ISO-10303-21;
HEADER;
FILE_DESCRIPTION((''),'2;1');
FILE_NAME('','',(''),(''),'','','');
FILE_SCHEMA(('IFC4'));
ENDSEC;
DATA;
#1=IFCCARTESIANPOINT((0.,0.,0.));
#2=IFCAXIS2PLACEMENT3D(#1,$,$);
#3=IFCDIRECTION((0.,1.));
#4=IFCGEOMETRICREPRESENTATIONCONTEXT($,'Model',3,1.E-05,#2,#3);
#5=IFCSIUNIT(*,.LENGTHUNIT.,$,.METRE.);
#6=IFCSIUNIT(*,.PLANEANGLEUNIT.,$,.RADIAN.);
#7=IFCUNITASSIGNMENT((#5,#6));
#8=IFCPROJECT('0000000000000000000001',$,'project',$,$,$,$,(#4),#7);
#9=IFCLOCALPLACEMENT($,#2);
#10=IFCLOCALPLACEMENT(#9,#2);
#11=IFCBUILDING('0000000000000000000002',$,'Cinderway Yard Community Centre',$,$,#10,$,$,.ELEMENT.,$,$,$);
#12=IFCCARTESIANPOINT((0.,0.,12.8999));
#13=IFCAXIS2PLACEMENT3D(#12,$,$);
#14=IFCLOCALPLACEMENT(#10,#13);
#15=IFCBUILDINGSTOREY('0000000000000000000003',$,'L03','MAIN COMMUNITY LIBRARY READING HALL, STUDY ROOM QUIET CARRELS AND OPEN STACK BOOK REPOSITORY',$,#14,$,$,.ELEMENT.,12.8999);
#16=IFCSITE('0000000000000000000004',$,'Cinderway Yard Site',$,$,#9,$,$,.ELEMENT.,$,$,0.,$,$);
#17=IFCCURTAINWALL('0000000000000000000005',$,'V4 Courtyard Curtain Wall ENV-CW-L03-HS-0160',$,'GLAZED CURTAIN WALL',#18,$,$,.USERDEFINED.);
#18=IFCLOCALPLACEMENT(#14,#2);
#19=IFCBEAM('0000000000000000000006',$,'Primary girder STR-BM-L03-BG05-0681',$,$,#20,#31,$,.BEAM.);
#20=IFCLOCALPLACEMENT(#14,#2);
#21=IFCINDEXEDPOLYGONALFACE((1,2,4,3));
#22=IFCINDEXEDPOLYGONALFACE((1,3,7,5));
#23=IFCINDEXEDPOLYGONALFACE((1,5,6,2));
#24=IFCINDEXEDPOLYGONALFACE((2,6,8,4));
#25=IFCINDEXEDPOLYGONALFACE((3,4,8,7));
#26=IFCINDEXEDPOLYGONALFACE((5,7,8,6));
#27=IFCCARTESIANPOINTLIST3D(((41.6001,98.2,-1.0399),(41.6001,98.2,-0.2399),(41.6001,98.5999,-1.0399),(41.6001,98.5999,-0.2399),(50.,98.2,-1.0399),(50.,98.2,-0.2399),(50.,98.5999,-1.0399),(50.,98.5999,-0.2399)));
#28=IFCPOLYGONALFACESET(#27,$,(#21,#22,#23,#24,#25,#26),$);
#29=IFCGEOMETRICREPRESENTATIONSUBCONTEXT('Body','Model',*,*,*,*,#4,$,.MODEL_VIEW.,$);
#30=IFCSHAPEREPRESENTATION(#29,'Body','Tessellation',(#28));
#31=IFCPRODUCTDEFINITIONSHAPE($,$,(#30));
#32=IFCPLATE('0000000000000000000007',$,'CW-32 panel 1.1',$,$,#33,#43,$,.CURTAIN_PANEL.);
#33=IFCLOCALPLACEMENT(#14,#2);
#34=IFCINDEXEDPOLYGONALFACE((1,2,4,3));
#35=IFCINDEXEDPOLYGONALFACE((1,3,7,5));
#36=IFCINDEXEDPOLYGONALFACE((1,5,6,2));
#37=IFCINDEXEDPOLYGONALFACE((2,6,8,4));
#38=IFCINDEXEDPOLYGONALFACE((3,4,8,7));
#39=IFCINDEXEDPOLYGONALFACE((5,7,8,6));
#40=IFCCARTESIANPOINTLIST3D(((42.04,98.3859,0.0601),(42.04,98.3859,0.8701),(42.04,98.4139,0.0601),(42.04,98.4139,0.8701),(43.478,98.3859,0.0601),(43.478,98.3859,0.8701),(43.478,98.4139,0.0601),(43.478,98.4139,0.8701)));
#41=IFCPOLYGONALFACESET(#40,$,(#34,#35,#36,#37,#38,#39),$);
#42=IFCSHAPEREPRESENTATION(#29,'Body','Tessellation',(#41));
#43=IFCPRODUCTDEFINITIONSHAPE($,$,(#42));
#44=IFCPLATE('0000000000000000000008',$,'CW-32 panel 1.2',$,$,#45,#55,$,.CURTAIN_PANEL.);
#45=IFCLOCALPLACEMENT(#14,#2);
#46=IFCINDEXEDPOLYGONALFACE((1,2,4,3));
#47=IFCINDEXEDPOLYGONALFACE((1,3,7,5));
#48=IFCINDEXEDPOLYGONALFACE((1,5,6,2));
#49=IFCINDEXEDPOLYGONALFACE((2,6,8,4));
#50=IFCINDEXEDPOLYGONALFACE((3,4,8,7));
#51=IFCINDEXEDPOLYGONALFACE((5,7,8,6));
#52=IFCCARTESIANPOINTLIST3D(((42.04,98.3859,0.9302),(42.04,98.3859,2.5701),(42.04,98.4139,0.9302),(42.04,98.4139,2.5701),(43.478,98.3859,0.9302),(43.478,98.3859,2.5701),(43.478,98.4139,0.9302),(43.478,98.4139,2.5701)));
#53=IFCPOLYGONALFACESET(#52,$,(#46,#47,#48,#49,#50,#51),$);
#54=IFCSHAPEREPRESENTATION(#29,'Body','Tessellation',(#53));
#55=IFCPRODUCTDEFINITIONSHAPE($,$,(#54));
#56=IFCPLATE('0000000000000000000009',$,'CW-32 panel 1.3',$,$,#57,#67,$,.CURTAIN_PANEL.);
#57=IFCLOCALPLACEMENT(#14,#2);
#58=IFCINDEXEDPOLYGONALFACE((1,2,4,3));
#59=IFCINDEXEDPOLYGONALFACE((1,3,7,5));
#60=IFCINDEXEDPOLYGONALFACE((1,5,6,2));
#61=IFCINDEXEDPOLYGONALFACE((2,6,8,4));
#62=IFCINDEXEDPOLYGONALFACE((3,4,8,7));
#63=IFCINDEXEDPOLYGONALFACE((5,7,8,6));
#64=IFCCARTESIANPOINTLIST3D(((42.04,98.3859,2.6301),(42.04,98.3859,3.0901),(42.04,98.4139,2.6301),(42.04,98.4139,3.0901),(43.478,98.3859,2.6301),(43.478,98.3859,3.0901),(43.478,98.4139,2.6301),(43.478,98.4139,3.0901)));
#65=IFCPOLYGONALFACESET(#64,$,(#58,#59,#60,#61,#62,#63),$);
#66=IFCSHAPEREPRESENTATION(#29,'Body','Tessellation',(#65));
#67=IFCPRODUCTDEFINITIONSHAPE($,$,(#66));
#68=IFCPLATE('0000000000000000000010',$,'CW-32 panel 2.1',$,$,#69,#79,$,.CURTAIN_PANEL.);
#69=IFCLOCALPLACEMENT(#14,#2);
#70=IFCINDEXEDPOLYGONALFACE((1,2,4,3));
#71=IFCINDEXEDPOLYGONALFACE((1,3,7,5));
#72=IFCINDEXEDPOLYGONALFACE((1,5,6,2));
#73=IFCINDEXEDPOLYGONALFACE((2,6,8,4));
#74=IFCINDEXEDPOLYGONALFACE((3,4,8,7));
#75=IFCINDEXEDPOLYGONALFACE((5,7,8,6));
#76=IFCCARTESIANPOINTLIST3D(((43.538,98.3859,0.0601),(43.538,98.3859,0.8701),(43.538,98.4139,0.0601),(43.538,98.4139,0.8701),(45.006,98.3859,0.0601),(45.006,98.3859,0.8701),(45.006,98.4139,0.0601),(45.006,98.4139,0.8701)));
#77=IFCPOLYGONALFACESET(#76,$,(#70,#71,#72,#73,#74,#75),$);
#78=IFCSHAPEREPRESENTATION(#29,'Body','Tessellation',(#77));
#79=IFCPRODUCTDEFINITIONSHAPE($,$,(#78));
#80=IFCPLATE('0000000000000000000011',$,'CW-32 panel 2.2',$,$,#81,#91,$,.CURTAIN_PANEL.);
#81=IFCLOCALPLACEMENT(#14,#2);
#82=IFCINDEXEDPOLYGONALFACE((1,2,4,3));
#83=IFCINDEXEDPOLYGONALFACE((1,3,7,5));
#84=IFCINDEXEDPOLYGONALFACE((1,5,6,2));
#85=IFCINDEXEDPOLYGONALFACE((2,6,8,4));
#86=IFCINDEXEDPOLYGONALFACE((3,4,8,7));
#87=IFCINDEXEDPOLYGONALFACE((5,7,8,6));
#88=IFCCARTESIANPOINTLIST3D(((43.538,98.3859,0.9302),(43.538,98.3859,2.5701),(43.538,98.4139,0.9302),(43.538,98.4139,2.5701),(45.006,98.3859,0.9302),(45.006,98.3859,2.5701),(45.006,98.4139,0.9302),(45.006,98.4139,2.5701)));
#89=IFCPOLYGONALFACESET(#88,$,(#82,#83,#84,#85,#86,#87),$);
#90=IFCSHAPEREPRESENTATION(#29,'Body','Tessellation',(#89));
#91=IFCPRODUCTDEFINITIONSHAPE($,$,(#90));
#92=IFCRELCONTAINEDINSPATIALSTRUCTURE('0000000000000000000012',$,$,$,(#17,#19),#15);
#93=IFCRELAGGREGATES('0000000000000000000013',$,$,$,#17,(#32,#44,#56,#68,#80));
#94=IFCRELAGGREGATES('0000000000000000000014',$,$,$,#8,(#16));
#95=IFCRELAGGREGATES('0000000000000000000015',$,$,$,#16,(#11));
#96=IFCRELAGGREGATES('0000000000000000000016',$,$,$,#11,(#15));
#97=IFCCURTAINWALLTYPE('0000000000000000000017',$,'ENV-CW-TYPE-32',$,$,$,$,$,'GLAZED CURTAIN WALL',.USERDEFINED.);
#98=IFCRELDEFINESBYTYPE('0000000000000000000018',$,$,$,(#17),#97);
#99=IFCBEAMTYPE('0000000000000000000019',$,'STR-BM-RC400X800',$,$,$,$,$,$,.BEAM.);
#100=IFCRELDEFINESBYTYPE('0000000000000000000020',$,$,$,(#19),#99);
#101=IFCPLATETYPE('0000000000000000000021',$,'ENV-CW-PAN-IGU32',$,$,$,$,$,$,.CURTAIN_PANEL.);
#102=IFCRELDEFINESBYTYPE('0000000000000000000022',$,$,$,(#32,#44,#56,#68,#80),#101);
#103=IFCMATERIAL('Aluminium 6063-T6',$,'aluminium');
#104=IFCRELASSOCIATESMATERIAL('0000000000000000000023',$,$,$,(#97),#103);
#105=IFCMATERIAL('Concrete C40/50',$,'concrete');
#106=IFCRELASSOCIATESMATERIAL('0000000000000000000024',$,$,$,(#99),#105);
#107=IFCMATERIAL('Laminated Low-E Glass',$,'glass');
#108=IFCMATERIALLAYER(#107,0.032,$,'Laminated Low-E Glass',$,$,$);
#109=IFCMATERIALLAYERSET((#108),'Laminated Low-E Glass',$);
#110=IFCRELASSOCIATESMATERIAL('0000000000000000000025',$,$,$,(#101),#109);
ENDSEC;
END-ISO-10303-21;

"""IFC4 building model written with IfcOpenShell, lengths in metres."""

from ifc_helpers import new_model, si_unit, direction, frame, origin, origin_2d, place, context, subcontext, project, spatial, rectangle, extrude, material, layer, layer_set, material_profile, profile_set, type_object, element, aggregate, save


model = new_model("IFC4")

# Units and contexts
model_context = context("Model", 3, precision=1e-05, world=origin(), true_north=direction((0.0, 1.0)))
body_context = subcontext(model_context, "Body", "Model", "MODEL_VIEW")
ifc_project = project(units=[si_unit("LENGTHUNIT", "METRE"), si_unit("PLANEANGLEUNIT", "RADIAN")], contexts=[model_context])

# Site, building, storey
site_placement = place(None, origin())
site = spatial("IfcSite", under=ifc_project, at=site_placement, Name="Cinderway Yard Site", CompositionType="ELEMENT", RefElevation=0.0)
building_placement = place(site_placement, origin())
building = spatial("IfcBuilding", under=site, at=building_placement, Name="Cinderway Yard Community Centre", CompositionType="ELEMENT")
storey_placement = place(building_placement, frame((0.0, 0.0, 12.8999)))
storey = spatial("IfcBuildingStorey", under=building, at=storey_placement, Name="L03", Description="MAIN COMMUNITY LIBRARY READING HALL, STUDY ROOM QUIET CARRELS AND OPEN STACK BOOK REPOSITORY", CompositionType="ELEMENT", Elevation=12.8999)

# Shared definitions
ifc_material_1 = material(Name="Concrete C40/50", Category="concrete")

# Curtain wall
ifc_material_2 = material(Name="Aluminium 6063-T6", Category="aluminium")
curtain_wall_type = type_object("IfcCurtainWallType", Name="ENV-CW-TYPE-32", ElementType="GLAZED CURTAIN WALL", PredefinedType="USERDEFINED", material=ifc_material_2)
curtain_wall_placement = place(storey_placement, origin())
curtain_wall = element("IfcCurtainWall", 1, at=curtain_wall_placement, inside=storey, type_object=curtain_wall_type, Name="V4 Courtyard Curtain Wall ENV-CW-L03-HS-0160", ObjectType="GLAZED CURTAIN WALL", PredefinedType="USERDEFINED")

# Beam
ifc_material_profile_1 = material_profile(ifc_material_1, rectangle(XDim=0.3999, YDim=0.8, at=origin_2d()), Name="Concrete C40/50")
ifc_profile_set_1 = profile_set([ifc_material_profile_1], Name="Concrete C40/50")
beam_type_1 = type_object("IfcBeamType", Name="STR-BM-RC400X800", PredefinedType="BEAM", material=ifc_profile_set_1)
beam_1_placement = place(storey_placement, frame((41.6001, 98.3999, -0.6399), z_axis=(1.0, 0.0, 0.0), x_axis=(0.0, 1.0, 0.0)))
element("IfcBeam", 2, at=beam_1_placement, inside=storey, type_object=beam_type_1, Name="Primary girder STR-BM-L03-BG05-0681", PredefinedType="BEAM", context=body_context, shape_type="SweptSolid", body=[
    extrude(rectangle(XDim=0.3999, YDim=0.8, at=origin_2d()), origin(), (0.0, 0.0, 1.0), 8.3999),
])

# Plates
ifc_material_3 = material(Name="Laminated Low-E Glass", Category="glass")
ifc_layer = layer(ifc_material_3, 0.032, Name="Laminated Low-E Glass")
ifc_layer_set = layer_set([ifc_layer], Name="Laminated Low-E Glass")
plate_type = type_object("IfcPlateType", Name="ENV-CW-PAN-IGU32", PredefinedType="CURTAIN_PANEL", material=ifc_layer_set)
plate_1_placement = place(storey_placement, frame((42.759, 98.3999, 0.0601), z_axis=(0.0, 0.0, 1.0), x_axis=(1.0, 0.0, 0.0)))
plate_1 = element("IfcPlate", 3, at=plate_1_placement, type_object=plate_type, Name="CW-32 panel 1.1", PredefinedType="CURTAIN_PANEL", context=body_context, shape_type="SweptSolid", body=[
    extrude(rectangle(XDim=1.438, YDim=0.0281, at=origin_2d()), origin(), (0.0, 0.0, 1.0), 0.8101),
])
plate_2_placement = place(storey_placement, frame((42.759, 98.3999, 0.9302), z_axis=(0.0, 0.0, 1.0), x_axis=(1.0, 0.0, 0.0)))
plate_2 = element("IfcPlate", 4, at=plate_2_placement, type_object=plate_type, Name="CW-32 panel 1.2", PredefinedType="CURTAIN_PANEL", context=body_context, shape_type="SweptSolid", body=[
    extrude(rectangle(XDim=1.438, YDim=0.0281, at=origin_2d()), origin(), (0.0, 0.0, 1.0), 1.6399),
])
plate_3_placement = place(storey_placement, frame((42.759, 98.3999, 2.6301), z_axis=(0.0, 0.0, 1.0), x_axis=(1.0, 0.0, 0.0)))
plate_3 = element("IfcPlate", 5, at=plate_3_placement, type_object=plate_type, Name="CW-32 panel 1.3", PredefinedType="CURTAIN_PANEL", context=body_context, shape_type="SweptSolid", body=[
    extrude(rectangle(XDim=1.438, YDim=0.0281, at=origin_2d()), origin(), (0.0, 0.0, 1.0), 0.46),
])
plate_4_placement = place(storey_placement, frame((44.272, 98.3999, 0.0601), z_axis=(0.0, 0.0, 1.0), x_axis=(1.0, 0.0, 0.0)))
plate_4 = element("IfcPlate", 6, at=plate_4_placement, type_object=plate_type, Name="CW-32 panel 2.1", PredefinedType="CURTAIN_PANEL", context=body_context, shape_type="SweptSolid", body=[
    extrude(rectangle(XDim=1.468, YDim=0.0281, at=origin_2d()), origin(), (0.0, 0.0, 1.0), 0.8101),
])
plate_5_placement = place(storey_placement, frame((44.272, 98.3999, 0.9302), z_axis=(0.0, 0.0, 1.0), x_axis=(1.0, 0.0, 0.0)))
plate_5 = element("IfcPlate", 7, at=plate_5_placement, type_object=plate_type, Name="CW-32 panel 2.2", PredefinedType="CURTAIN_PANEL", context=body_context, shape_type="SweptSolid", body=[
    extrude(rectangle(XDim=1.468, YDim=0.0281, at=origin_2d()), origin(), (0.0, 0.0, 1.0), 1.6399),
])
aggregate(curtain_wall, [plate_1, plate_2, plate_3, plate_4, plate_5])

save(model, "model.ifc")
